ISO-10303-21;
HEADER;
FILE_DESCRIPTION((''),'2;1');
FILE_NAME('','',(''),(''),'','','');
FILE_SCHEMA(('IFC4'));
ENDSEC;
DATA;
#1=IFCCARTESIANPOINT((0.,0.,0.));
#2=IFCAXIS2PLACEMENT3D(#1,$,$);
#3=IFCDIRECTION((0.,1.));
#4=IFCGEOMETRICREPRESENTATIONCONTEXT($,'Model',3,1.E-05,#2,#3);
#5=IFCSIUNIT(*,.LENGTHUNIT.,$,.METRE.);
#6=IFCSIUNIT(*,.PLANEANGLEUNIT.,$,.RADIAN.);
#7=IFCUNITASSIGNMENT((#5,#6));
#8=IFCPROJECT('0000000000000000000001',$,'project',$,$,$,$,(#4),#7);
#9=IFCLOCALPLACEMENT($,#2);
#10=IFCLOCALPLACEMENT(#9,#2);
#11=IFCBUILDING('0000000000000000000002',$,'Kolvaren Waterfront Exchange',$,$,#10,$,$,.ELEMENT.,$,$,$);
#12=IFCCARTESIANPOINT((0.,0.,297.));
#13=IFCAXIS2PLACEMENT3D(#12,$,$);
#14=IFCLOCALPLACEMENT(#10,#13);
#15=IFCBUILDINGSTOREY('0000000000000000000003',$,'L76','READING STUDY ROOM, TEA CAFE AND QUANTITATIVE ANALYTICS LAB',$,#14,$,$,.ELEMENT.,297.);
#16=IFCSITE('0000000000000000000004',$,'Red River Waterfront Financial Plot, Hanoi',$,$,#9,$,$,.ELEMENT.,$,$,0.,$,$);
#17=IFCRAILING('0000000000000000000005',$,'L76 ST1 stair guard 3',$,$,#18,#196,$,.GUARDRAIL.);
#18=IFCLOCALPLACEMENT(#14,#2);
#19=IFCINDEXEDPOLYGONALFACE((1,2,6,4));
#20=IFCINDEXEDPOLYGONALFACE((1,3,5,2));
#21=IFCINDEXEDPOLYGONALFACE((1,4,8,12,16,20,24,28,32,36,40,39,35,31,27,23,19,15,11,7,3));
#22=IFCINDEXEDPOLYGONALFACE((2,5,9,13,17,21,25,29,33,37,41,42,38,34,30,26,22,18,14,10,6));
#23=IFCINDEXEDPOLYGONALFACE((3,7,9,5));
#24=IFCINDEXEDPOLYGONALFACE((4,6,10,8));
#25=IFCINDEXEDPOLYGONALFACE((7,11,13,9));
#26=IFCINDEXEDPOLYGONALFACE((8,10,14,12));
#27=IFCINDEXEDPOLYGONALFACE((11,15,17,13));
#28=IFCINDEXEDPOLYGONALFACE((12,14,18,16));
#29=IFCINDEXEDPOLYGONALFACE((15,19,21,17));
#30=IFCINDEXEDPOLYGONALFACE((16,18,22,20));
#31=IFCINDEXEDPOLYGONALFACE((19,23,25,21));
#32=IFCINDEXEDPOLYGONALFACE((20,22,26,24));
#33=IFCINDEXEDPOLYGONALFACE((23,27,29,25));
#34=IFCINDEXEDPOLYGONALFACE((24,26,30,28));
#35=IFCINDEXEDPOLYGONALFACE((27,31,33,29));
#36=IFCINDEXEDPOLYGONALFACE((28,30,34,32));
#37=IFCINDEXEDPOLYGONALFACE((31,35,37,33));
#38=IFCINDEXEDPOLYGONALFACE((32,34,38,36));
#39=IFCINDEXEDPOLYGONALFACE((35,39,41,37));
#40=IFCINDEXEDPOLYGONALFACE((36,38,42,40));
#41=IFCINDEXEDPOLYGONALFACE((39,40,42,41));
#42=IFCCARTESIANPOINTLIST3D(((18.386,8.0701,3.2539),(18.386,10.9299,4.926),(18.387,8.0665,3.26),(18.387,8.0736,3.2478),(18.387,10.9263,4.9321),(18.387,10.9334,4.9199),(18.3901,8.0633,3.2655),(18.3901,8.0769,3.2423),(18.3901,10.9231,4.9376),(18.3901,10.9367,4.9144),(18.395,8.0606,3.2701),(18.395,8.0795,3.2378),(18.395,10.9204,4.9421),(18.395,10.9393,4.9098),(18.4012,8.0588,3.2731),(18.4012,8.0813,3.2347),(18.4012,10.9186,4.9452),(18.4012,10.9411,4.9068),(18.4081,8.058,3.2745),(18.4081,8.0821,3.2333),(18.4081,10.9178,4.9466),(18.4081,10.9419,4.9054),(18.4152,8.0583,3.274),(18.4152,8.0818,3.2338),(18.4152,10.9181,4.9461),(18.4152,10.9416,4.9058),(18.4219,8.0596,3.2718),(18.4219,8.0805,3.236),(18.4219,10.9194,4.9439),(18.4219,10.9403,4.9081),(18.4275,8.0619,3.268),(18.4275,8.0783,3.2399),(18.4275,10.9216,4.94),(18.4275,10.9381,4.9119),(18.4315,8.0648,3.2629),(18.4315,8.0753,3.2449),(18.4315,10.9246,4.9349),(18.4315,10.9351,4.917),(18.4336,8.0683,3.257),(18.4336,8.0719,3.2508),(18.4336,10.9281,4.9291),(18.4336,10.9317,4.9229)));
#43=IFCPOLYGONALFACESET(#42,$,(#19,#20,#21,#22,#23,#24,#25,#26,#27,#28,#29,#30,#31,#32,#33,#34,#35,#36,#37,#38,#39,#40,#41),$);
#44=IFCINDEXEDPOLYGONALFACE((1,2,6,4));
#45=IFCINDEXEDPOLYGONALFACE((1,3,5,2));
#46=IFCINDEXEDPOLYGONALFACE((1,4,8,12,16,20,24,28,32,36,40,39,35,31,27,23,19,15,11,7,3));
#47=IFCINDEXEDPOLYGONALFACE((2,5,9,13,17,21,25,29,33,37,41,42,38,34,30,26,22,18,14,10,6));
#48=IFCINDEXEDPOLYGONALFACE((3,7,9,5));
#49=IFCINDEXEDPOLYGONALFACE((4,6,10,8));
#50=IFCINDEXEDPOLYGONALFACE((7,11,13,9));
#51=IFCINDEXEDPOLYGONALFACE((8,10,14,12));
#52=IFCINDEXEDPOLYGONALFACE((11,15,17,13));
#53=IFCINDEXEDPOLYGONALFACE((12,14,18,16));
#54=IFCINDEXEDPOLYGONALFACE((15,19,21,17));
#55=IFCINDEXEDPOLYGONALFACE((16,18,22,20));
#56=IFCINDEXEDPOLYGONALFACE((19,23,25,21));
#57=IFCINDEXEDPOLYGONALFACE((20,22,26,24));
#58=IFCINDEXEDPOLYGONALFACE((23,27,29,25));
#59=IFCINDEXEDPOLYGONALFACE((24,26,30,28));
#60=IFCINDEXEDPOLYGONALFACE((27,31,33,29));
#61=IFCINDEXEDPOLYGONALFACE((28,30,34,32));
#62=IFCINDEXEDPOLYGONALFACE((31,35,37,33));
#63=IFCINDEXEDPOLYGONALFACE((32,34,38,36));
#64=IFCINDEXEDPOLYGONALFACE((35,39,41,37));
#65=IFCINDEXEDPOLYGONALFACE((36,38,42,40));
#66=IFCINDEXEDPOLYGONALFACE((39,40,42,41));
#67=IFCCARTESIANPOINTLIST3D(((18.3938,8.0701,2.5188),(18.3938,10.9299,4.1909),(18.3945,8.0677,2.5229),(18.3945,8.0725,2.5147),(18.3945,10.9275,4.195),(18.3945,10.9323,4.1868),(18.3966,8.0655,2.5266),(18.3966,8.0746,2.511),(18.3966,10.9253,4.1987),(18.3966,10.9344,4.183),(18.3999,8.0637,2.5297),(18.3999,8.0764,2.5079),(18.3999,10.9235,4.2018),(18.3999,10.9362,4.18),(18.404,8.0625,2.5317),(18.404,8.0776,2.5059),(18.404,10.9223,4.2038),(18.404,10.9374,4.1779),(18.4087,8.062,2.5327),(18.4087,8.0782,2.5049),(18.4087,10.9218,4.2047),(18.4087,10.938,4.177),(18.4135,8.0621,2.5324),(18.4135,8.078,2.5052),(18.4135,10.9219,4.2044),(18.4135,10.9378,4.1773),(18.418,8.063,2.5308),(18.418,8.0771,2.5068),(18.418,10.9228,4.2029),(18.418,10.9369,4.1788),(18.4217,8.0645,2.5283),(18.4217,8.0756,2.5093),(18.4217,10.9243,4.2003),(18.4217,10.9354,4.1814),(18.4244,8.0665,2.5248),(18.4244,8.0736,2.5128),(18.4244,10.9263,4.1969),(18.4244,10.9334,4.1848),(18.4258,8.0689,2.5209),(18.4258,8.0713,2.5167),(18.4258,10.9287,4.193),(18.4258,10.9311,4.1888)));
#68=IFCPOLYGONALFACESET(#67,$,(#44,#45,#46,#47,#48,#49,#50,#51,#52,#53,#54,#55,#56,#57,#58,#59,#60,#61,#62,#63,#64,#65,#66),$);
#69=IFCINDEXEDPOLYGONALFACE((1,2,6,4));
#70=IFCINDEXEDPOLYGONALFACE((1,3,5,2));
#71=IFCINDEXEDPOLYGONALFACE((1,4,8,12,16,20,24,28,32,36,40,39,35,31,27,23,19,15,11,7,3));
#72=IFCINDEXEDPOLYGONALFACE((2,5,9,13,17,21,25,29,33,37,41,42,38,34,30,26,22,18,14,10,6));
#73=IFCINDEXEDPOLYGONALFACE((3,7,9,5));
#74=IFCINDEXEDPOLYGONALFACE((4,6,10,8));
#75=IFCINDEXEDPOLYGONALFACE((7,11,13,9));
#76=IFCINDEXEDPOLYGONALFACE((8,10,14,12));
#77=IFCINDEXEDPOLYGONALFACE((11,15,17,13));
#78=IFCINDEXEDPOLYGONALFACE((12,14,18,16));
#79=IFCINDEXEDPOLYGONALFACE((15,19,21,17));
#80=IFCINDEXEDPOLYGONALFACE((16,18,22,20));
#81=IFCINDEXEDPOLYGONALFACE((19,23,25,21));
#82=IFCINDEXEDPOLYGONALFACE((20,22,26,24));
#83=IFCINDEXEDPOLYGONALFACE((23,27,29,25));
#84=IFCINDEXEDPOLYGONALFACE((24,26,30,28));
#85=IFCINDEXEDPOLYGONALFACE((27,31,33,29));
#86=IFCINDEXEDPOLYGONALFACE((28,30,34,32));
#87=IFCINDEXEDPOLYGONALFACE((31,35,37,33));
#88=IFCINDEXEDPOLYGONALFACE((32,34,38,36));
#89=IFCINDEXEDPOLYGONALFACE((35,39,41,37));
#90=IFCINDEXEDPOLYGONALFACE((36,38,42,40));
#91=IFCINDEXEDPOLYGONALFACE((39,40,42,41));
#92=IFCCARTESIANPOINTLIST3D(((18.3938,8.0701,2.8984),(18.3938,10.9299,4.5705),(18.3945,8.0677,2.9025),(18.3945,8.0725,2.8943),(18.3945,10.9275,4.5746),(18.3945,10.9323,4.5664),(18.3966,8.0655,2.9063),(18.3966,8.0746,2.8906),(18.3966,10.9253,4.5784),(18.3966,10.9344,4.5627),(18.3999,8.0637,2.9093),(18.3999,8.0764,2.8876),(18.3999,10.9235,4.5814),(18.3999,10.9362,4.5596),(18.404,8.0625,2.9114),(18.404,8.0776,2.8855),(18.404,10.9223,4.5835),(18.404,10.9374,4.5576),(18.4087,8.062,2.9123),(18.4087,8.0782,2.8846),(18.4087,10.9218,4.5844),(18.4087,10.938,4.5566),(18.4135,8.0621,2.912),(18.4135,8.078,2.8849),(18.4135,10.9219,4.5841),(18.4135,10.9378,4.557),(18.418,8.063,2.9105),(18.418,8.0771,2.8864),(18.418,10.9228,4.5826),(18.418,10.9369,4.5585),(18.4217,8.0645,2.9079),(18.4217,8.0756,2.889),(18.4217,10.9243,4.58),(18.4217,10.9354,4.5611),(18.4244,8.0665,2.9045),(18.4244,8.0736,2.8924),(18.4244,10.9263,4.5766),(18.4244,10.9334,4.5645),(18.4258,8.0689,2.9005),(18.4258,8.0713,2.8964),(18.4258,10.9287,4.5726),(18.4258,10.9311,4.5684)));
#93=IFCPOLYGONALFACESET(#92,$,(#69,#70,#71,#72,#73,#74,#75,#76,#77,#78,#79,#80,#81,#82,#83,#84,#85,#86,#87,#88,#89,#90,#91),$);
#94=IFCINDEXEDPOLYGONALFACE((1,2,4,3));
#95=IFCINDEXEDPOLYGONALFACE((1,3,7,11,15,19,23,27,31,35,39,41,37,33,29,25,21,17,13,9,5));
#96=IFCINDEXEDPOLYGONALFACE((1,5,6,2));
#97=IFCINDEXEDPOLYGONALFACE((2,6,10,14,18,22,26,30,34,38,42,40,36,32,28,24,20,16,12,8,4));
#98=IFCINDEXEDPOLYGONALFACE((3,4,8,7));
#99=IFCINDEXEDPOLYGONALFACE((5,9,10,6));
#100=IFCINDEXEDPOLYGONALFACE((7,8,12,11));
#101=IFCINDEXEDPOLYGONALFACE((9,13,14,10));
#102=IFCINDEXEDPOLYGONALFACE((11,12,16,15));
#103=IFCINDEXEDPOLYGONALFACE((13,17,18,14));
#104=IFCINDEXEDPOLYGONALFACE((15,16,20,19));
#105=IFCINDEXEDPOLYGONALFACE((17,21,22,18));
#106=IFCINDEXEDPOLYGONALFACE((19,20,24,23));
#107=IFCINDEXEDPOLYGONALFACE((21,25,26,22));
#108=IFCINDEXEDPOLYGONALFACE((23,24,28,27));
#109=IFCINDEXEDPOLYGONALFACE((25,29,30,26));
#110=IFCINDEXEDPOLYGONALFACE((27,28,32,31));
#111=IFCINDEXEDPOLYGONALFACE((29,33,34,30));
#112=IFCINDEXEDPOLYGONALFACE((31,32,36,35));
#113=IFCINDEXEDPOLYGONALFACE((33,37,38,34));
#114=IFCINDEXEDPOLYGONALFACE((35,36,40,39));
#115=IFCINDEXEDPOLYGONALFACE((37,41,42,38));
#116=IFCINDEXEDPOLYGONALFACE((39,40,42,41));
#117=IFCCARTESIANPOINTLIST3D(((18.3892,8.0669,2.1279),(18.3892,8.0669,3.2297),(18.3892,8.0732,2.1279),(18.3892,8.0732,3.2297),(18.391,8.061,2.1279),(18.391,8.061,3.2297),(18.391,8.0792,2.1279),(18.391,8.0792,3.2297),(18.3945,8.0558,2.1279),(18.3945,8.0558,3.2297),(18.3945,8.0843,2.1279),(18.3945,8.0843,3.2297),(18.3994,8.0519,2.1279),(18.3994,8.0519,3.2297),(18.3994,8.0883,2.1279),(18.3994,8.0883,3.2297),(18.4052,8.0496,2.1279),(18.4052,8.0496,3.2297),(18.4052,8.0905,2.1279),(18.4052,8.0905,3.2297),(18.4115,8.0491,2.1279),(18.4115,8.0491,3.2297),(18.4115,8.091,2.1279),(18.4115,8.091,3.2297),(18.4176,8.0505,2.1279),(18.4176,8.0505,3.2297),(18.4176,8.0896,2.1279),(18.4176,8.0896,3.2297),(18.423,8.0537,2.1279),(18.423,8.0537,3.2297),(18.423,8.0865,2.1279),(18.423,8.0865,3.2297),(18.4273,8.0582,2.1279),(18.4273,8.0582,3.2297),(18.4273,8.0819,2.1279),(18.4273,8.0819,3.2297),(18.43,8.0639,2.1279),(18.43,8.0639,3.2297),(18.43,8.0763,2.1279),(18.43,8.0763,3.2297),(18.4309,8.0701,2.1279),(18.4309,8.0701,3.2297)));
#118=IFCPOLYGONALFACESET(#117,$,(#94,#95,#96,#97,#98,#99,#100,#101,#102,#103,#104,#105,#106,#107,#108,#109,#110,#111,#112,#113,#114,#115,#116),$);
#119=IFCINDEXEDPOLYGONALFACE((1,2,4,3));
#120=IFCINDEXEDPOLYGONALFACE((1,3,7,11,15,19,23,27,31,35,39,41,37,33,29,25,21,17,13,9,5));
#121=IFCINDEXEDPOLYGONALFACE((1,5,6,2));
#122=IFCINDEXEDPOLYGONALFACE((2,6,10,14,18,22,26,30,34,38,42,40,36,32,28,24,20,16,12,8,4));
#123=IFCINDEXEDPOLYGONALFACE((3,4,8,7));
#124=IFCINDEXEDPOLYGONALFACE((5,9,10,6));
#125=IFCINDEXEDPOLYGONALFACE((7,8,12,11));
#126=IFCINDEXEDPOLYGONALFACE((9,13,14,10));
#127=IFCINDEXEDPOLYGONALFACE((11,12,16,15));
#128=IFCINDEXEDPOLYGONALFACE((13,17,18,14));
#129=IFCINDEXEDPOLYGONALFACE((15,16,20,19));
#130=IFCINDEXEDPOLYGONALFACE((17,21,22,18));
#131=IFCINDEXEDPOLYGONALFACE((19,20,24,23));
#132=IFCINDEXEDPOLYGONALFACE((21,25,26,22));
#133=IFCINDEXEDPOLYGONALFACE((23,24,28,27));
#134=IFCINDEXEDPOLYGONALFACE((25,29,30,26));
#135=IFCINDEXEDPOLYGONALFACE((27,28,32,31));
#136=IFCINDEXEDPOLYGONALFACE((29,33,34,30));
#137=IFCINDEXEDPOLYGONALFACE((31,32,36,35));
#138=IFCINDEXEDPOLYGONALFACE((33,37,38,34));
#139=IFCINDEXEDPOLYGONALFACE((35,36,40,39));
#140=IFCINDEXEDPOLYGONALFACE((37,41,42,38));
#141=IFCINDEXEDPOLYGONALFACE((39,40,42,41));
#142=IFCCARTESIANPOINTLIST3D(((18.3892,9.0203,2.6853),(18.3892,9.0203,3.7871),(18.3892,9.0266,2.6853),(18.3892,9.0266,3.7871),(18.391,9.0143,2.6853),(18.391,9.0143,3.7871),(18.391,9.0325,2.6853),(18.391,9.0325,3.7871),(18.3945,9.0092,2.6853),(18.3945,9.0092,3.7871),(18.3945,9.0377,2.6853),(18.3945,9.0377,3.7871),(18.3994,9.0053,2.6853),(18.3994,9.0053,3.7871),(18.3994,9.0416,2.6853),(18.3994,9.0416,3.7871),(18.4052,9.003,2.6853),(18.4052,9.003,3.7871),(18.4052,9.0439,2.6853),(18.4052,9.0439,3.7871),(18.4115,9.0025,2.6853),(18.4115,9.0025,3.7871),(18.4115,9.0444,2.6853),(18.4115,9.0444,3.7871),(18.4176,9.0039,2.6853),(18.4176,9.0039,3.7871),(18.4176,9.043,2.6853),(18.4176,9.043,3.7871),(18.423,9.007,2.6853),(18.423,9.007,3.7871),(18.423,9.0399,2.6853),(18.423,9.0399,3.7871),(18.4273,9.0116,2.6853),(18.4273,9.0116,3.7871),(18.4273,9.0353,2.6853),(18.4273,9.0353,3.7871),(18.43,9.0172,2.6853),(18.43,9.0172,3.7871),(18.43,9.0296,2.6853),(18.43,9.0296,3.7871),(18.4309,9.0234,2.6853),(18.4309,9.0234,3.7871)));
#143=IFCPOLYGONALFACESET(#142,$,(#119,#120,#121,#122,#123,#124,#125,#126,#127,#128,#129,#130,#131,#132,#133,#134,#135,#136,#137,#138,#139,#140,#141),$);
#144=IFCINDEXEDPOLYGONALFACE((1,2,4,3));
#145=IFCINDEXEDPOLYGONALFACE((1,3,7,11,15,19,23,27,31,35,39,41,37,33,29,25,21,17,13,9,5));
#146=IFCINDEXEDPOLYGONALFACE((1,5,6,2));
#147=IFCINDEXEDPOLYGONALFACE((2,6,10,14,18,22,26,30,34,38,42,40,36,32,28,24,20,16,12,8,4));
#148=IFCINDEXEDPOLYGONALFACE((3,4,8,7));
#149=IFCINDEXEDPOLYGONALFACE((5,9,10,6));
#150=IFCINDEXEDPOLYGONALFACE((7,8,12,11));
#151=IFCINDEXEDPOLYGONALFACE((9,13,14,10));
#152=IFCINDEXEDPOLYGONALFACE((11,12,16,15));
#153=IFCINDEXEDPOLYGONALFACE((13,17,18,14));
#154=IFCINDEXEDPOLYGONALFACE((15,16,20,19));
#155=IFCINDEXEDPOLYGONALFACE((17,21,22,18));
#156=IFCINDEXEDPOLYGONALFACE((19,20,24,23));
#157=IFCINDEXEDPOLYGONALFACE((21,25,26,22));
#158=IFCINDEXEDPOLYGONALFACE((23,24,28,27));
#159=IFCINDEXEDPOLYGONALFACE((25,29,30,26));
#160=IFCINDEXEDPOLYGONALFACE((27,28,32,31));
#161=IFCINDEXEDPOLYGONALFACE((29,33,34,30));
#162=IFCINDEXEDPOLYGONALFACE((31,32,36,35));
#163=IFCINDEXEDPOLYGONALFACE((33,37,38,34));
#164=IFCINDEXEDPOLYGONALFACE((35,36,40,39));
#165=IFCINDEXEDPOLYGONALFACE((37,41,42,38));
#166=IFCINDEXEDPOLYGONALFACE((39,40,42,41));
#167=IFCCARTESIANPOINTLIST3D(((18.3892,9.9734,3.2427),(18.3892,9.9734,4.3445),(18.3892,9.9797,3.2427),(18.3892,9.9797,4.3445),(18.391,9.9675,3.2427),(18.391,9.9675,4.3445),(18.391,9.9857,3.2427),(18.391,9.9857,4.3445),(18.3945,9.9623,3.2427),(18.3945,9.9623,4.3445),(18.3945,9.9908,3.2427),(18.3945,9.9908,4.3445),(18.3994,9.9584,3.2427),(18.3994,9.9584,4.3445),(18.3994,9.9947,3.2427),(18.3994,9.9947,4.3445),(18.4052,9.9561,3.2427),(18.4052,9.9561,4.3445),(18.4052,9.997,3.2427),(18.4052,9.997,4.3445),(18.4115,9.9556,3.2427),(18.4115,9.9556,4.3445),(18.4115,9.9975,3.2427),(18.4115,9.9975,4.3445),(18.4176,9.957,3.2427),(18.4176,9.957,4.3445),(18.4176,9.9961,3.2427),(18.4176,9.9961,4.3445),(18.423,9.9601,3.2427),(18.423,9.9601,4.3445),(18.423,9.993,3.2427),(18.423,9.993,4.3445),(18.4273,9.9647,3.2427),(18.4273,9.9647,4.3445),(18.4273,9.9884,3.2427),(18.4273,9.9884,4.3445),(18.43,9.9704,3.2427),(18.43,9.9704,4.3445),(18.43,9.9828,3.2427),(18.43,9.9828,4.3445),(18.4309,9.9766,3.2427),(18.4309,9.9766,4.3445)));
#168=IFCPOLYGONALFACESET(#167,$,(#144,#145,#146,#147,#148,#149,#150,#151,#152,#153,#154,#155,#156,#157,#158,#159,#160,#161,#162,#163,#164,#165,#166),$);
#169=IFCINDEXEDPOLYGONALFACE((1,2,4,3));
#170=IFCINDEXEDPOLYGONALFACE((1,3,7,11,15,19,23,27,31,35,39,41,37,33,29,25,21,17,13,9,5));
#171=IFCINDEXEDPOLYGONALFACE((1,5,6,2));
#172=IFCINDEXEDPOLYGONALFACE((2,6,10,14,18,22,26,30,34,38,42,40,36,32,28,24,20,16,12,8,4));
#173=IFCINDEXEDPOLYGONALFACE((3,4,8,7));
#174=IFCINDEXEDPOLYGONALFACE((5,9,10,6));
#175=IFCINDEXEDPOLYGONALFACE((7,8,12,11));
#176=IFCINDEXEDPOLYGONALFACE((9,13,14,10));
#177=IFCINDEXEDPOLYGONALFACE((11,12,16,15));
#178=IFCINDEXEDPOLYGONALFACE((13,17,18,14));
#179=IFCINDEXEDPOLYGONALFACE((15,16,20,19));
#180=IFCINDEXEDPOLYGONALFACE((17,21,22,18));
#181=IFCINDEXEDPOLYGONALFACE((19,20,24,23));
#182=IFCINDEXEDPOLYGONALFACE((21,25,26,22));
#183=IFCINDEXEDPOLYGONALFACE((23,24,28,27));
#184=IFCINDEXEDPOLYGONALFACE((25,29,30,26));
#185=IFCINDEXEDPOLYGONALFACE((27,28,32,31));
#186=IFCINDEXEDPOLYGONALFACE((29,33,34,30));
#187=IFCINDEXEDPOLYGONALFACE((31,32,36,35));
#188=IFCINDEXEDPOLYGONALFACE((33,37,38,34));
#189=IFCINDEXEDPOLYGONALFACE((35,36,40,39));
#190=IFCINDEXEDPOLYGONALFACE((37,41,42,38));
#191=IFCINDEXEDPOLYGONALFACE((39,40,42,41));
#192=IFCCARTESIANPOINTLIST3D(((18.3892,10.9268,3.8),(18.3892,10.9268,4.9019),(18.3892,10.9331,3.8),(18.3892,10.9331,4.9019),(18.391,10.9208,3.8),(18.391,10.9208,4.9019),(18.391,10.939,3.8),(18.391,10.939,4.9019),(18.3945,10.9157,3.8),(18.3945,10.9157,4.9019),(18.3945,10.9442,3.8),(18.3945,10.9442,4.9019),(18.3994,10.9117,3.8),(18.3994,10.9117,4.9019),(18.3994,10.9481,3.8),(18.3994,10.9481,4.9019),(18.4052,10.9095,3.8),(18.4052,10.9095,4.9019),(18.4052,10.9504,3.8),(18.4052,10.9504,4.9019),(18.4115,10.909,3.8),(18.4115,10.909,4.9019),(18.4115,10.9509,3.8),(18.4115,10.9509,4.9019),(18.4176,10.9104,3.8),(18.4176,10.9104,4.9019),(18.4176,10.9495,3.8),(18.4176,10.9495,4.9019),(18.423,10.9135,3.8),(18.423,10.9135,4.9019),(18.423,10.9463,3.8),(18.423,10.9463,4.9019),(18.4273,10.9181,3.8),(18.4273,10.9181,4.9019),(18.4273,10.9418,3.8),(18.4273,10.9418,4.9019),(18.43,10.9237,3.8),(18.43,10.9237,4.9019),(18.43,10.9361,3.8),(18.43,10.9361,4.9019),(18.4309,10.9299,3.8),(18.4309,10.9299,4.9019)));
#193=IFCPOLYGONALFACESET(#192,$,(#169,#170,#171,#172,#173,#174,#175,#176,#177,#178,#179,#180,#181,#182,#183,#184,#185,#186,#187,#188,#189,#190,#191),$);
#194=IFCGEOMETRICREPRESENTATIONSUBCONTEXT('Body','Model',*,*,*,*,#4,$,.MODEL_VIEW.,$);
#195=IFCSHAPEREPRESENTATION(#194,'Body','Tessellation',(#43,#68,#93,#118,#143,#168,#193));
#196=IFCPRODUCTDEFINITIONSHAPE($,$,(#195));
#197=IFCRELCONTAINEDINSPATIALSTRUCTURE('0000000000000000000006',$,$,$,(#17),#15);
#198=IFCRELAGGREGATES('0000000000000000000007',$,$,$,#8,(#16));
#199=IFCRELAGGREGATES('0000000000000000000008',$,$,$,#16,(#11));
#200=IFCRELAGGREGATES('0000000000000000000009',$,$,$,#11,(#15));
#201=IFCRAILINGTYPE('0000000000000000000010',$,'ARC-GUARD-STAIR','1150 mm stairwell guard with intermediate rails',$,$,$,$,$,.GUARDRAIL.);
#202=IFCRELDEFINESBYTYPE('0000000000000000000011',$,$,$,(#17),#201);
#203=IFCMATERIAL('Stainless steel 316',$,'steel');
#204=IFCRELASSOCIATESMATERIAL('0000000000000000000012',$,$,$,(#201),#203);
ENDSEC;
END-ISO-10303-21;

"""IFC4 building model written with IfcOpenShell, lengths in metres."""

from ifc_helpers import new_model, si_unit, direction, frame, origin, origin_2d, place, context, subcontext, project, spatial, circle, extrude, material, type_object, element, save


model = new_model("IFC4")

# Units and contexts
model_context = context("Model", 3, precision=1e-05, world=origin(), true_north=direction((0.0, 1.0)))
body_context = subcontext(model_context, "Body", "Model", "MODEL_VIEW")
ifc_project = project(units=[si_unit("LENGTHUNIT", "METRE"), si_unit("PLANEANGLEUNIT", "RADIAN")], contexts=[model_context])

# Site, building, storey
site_placement = place(None, origin())
site = spatial("IfcSite", under=ifc_project, at=site_placement, Name="Red River Waterfront Financial Plot, Hanoi", CompositionType="ELEMENT", RefElevation=0.0)
building_placement = place(site_placement, origin())
building = spatial("IfcBuilding", under=site, at=building_placement, Name="Kolvaren Waterfront Exchange", CompositionType="ELEMENT")
storey_placement = place(building_placement, frame((0.0, 0.0, 297.0)))
storey = spatial("IfcBuildingStorey", under=building, at=storey_placement, Name="L76", Description="READING STUDY ROOM, TEA CAFE AND QUANTITATIVE ANALYTICS LAB", CompositionType="ELEMENT", Elevation=297.0)

# Railing
ifc_material_1 = material(Name="Stainless steel 316", Category="steel")
railing_type_1 = type_object("IfcRailingType", Name="ARC-GUARD-STAIR", Description="1150 mm stairwell guard with intermediate rails", PredefinedType="GUARDRAIL", material=ifc_material_1)
railing_1_placement = place(storey_placement, frame((18.4099, 8.0701, 2.1279)))
element("IfcRailing", 1, at=railing_1_placement, inside=storey, type_object=railing_type_1, Name="L76 ST1 stair guard 3", PredefinedType="GUARDRAIL", context=body_context, shape_type="SweptSolid", body=[
    extrude(circle(Radius=0.0239, at=origin_2d()), frame((0.0, 0.0, 1.126), z_axis=(0.0, 0.863271, 0.504741), x_axis=(-1.0, 0.0, 0.0)), (0.0, 0.0, 1.0), 3.3127),
    extrude(circle(Radius=0.0161, at=origin_2d()), frame((0.0, 0.0, 0.3909), z_axis=(0.0, 0.863271, 0.504741), x_axis=(-1.0, 0.0, 0.0)), (0.0, 0.0, 1.0), 3.3127),
    extrude(circle(Radius=0.0161, at=origin_2d()), frame((0.0, 0.0, 0.7705), z_axis=(0.0, 0.863271, 0.504741), x_axis=(-1.0, 0.0, 0.0)), (0.0, 0.0, 1.0), 3.3127),
    extrude(circle(Radius=0.021, at=origin_2d()), origin(), (0.0, 0.0, 1.0), 1.1018),
    extrude(circle(Radius=0.021, at=origin_2d()), frame((0.0, 0.9534, 0.5574)), (0.0, 0.0, 1.0), 1.1018),
    extrude(circle(Radius=0.021, at=origin_2d()), frame((0.0, 1.9065, 1.1147)), (0.0, 0.0, 1.0), 1.1018),
    extrude(circle(Radius=0.021, at=origin_2d()), frame((0.0, 2.8599, 1.6721)), (0.0, 0.0, 1.0), 1.1018),
])

save(model, "model.ifc")
